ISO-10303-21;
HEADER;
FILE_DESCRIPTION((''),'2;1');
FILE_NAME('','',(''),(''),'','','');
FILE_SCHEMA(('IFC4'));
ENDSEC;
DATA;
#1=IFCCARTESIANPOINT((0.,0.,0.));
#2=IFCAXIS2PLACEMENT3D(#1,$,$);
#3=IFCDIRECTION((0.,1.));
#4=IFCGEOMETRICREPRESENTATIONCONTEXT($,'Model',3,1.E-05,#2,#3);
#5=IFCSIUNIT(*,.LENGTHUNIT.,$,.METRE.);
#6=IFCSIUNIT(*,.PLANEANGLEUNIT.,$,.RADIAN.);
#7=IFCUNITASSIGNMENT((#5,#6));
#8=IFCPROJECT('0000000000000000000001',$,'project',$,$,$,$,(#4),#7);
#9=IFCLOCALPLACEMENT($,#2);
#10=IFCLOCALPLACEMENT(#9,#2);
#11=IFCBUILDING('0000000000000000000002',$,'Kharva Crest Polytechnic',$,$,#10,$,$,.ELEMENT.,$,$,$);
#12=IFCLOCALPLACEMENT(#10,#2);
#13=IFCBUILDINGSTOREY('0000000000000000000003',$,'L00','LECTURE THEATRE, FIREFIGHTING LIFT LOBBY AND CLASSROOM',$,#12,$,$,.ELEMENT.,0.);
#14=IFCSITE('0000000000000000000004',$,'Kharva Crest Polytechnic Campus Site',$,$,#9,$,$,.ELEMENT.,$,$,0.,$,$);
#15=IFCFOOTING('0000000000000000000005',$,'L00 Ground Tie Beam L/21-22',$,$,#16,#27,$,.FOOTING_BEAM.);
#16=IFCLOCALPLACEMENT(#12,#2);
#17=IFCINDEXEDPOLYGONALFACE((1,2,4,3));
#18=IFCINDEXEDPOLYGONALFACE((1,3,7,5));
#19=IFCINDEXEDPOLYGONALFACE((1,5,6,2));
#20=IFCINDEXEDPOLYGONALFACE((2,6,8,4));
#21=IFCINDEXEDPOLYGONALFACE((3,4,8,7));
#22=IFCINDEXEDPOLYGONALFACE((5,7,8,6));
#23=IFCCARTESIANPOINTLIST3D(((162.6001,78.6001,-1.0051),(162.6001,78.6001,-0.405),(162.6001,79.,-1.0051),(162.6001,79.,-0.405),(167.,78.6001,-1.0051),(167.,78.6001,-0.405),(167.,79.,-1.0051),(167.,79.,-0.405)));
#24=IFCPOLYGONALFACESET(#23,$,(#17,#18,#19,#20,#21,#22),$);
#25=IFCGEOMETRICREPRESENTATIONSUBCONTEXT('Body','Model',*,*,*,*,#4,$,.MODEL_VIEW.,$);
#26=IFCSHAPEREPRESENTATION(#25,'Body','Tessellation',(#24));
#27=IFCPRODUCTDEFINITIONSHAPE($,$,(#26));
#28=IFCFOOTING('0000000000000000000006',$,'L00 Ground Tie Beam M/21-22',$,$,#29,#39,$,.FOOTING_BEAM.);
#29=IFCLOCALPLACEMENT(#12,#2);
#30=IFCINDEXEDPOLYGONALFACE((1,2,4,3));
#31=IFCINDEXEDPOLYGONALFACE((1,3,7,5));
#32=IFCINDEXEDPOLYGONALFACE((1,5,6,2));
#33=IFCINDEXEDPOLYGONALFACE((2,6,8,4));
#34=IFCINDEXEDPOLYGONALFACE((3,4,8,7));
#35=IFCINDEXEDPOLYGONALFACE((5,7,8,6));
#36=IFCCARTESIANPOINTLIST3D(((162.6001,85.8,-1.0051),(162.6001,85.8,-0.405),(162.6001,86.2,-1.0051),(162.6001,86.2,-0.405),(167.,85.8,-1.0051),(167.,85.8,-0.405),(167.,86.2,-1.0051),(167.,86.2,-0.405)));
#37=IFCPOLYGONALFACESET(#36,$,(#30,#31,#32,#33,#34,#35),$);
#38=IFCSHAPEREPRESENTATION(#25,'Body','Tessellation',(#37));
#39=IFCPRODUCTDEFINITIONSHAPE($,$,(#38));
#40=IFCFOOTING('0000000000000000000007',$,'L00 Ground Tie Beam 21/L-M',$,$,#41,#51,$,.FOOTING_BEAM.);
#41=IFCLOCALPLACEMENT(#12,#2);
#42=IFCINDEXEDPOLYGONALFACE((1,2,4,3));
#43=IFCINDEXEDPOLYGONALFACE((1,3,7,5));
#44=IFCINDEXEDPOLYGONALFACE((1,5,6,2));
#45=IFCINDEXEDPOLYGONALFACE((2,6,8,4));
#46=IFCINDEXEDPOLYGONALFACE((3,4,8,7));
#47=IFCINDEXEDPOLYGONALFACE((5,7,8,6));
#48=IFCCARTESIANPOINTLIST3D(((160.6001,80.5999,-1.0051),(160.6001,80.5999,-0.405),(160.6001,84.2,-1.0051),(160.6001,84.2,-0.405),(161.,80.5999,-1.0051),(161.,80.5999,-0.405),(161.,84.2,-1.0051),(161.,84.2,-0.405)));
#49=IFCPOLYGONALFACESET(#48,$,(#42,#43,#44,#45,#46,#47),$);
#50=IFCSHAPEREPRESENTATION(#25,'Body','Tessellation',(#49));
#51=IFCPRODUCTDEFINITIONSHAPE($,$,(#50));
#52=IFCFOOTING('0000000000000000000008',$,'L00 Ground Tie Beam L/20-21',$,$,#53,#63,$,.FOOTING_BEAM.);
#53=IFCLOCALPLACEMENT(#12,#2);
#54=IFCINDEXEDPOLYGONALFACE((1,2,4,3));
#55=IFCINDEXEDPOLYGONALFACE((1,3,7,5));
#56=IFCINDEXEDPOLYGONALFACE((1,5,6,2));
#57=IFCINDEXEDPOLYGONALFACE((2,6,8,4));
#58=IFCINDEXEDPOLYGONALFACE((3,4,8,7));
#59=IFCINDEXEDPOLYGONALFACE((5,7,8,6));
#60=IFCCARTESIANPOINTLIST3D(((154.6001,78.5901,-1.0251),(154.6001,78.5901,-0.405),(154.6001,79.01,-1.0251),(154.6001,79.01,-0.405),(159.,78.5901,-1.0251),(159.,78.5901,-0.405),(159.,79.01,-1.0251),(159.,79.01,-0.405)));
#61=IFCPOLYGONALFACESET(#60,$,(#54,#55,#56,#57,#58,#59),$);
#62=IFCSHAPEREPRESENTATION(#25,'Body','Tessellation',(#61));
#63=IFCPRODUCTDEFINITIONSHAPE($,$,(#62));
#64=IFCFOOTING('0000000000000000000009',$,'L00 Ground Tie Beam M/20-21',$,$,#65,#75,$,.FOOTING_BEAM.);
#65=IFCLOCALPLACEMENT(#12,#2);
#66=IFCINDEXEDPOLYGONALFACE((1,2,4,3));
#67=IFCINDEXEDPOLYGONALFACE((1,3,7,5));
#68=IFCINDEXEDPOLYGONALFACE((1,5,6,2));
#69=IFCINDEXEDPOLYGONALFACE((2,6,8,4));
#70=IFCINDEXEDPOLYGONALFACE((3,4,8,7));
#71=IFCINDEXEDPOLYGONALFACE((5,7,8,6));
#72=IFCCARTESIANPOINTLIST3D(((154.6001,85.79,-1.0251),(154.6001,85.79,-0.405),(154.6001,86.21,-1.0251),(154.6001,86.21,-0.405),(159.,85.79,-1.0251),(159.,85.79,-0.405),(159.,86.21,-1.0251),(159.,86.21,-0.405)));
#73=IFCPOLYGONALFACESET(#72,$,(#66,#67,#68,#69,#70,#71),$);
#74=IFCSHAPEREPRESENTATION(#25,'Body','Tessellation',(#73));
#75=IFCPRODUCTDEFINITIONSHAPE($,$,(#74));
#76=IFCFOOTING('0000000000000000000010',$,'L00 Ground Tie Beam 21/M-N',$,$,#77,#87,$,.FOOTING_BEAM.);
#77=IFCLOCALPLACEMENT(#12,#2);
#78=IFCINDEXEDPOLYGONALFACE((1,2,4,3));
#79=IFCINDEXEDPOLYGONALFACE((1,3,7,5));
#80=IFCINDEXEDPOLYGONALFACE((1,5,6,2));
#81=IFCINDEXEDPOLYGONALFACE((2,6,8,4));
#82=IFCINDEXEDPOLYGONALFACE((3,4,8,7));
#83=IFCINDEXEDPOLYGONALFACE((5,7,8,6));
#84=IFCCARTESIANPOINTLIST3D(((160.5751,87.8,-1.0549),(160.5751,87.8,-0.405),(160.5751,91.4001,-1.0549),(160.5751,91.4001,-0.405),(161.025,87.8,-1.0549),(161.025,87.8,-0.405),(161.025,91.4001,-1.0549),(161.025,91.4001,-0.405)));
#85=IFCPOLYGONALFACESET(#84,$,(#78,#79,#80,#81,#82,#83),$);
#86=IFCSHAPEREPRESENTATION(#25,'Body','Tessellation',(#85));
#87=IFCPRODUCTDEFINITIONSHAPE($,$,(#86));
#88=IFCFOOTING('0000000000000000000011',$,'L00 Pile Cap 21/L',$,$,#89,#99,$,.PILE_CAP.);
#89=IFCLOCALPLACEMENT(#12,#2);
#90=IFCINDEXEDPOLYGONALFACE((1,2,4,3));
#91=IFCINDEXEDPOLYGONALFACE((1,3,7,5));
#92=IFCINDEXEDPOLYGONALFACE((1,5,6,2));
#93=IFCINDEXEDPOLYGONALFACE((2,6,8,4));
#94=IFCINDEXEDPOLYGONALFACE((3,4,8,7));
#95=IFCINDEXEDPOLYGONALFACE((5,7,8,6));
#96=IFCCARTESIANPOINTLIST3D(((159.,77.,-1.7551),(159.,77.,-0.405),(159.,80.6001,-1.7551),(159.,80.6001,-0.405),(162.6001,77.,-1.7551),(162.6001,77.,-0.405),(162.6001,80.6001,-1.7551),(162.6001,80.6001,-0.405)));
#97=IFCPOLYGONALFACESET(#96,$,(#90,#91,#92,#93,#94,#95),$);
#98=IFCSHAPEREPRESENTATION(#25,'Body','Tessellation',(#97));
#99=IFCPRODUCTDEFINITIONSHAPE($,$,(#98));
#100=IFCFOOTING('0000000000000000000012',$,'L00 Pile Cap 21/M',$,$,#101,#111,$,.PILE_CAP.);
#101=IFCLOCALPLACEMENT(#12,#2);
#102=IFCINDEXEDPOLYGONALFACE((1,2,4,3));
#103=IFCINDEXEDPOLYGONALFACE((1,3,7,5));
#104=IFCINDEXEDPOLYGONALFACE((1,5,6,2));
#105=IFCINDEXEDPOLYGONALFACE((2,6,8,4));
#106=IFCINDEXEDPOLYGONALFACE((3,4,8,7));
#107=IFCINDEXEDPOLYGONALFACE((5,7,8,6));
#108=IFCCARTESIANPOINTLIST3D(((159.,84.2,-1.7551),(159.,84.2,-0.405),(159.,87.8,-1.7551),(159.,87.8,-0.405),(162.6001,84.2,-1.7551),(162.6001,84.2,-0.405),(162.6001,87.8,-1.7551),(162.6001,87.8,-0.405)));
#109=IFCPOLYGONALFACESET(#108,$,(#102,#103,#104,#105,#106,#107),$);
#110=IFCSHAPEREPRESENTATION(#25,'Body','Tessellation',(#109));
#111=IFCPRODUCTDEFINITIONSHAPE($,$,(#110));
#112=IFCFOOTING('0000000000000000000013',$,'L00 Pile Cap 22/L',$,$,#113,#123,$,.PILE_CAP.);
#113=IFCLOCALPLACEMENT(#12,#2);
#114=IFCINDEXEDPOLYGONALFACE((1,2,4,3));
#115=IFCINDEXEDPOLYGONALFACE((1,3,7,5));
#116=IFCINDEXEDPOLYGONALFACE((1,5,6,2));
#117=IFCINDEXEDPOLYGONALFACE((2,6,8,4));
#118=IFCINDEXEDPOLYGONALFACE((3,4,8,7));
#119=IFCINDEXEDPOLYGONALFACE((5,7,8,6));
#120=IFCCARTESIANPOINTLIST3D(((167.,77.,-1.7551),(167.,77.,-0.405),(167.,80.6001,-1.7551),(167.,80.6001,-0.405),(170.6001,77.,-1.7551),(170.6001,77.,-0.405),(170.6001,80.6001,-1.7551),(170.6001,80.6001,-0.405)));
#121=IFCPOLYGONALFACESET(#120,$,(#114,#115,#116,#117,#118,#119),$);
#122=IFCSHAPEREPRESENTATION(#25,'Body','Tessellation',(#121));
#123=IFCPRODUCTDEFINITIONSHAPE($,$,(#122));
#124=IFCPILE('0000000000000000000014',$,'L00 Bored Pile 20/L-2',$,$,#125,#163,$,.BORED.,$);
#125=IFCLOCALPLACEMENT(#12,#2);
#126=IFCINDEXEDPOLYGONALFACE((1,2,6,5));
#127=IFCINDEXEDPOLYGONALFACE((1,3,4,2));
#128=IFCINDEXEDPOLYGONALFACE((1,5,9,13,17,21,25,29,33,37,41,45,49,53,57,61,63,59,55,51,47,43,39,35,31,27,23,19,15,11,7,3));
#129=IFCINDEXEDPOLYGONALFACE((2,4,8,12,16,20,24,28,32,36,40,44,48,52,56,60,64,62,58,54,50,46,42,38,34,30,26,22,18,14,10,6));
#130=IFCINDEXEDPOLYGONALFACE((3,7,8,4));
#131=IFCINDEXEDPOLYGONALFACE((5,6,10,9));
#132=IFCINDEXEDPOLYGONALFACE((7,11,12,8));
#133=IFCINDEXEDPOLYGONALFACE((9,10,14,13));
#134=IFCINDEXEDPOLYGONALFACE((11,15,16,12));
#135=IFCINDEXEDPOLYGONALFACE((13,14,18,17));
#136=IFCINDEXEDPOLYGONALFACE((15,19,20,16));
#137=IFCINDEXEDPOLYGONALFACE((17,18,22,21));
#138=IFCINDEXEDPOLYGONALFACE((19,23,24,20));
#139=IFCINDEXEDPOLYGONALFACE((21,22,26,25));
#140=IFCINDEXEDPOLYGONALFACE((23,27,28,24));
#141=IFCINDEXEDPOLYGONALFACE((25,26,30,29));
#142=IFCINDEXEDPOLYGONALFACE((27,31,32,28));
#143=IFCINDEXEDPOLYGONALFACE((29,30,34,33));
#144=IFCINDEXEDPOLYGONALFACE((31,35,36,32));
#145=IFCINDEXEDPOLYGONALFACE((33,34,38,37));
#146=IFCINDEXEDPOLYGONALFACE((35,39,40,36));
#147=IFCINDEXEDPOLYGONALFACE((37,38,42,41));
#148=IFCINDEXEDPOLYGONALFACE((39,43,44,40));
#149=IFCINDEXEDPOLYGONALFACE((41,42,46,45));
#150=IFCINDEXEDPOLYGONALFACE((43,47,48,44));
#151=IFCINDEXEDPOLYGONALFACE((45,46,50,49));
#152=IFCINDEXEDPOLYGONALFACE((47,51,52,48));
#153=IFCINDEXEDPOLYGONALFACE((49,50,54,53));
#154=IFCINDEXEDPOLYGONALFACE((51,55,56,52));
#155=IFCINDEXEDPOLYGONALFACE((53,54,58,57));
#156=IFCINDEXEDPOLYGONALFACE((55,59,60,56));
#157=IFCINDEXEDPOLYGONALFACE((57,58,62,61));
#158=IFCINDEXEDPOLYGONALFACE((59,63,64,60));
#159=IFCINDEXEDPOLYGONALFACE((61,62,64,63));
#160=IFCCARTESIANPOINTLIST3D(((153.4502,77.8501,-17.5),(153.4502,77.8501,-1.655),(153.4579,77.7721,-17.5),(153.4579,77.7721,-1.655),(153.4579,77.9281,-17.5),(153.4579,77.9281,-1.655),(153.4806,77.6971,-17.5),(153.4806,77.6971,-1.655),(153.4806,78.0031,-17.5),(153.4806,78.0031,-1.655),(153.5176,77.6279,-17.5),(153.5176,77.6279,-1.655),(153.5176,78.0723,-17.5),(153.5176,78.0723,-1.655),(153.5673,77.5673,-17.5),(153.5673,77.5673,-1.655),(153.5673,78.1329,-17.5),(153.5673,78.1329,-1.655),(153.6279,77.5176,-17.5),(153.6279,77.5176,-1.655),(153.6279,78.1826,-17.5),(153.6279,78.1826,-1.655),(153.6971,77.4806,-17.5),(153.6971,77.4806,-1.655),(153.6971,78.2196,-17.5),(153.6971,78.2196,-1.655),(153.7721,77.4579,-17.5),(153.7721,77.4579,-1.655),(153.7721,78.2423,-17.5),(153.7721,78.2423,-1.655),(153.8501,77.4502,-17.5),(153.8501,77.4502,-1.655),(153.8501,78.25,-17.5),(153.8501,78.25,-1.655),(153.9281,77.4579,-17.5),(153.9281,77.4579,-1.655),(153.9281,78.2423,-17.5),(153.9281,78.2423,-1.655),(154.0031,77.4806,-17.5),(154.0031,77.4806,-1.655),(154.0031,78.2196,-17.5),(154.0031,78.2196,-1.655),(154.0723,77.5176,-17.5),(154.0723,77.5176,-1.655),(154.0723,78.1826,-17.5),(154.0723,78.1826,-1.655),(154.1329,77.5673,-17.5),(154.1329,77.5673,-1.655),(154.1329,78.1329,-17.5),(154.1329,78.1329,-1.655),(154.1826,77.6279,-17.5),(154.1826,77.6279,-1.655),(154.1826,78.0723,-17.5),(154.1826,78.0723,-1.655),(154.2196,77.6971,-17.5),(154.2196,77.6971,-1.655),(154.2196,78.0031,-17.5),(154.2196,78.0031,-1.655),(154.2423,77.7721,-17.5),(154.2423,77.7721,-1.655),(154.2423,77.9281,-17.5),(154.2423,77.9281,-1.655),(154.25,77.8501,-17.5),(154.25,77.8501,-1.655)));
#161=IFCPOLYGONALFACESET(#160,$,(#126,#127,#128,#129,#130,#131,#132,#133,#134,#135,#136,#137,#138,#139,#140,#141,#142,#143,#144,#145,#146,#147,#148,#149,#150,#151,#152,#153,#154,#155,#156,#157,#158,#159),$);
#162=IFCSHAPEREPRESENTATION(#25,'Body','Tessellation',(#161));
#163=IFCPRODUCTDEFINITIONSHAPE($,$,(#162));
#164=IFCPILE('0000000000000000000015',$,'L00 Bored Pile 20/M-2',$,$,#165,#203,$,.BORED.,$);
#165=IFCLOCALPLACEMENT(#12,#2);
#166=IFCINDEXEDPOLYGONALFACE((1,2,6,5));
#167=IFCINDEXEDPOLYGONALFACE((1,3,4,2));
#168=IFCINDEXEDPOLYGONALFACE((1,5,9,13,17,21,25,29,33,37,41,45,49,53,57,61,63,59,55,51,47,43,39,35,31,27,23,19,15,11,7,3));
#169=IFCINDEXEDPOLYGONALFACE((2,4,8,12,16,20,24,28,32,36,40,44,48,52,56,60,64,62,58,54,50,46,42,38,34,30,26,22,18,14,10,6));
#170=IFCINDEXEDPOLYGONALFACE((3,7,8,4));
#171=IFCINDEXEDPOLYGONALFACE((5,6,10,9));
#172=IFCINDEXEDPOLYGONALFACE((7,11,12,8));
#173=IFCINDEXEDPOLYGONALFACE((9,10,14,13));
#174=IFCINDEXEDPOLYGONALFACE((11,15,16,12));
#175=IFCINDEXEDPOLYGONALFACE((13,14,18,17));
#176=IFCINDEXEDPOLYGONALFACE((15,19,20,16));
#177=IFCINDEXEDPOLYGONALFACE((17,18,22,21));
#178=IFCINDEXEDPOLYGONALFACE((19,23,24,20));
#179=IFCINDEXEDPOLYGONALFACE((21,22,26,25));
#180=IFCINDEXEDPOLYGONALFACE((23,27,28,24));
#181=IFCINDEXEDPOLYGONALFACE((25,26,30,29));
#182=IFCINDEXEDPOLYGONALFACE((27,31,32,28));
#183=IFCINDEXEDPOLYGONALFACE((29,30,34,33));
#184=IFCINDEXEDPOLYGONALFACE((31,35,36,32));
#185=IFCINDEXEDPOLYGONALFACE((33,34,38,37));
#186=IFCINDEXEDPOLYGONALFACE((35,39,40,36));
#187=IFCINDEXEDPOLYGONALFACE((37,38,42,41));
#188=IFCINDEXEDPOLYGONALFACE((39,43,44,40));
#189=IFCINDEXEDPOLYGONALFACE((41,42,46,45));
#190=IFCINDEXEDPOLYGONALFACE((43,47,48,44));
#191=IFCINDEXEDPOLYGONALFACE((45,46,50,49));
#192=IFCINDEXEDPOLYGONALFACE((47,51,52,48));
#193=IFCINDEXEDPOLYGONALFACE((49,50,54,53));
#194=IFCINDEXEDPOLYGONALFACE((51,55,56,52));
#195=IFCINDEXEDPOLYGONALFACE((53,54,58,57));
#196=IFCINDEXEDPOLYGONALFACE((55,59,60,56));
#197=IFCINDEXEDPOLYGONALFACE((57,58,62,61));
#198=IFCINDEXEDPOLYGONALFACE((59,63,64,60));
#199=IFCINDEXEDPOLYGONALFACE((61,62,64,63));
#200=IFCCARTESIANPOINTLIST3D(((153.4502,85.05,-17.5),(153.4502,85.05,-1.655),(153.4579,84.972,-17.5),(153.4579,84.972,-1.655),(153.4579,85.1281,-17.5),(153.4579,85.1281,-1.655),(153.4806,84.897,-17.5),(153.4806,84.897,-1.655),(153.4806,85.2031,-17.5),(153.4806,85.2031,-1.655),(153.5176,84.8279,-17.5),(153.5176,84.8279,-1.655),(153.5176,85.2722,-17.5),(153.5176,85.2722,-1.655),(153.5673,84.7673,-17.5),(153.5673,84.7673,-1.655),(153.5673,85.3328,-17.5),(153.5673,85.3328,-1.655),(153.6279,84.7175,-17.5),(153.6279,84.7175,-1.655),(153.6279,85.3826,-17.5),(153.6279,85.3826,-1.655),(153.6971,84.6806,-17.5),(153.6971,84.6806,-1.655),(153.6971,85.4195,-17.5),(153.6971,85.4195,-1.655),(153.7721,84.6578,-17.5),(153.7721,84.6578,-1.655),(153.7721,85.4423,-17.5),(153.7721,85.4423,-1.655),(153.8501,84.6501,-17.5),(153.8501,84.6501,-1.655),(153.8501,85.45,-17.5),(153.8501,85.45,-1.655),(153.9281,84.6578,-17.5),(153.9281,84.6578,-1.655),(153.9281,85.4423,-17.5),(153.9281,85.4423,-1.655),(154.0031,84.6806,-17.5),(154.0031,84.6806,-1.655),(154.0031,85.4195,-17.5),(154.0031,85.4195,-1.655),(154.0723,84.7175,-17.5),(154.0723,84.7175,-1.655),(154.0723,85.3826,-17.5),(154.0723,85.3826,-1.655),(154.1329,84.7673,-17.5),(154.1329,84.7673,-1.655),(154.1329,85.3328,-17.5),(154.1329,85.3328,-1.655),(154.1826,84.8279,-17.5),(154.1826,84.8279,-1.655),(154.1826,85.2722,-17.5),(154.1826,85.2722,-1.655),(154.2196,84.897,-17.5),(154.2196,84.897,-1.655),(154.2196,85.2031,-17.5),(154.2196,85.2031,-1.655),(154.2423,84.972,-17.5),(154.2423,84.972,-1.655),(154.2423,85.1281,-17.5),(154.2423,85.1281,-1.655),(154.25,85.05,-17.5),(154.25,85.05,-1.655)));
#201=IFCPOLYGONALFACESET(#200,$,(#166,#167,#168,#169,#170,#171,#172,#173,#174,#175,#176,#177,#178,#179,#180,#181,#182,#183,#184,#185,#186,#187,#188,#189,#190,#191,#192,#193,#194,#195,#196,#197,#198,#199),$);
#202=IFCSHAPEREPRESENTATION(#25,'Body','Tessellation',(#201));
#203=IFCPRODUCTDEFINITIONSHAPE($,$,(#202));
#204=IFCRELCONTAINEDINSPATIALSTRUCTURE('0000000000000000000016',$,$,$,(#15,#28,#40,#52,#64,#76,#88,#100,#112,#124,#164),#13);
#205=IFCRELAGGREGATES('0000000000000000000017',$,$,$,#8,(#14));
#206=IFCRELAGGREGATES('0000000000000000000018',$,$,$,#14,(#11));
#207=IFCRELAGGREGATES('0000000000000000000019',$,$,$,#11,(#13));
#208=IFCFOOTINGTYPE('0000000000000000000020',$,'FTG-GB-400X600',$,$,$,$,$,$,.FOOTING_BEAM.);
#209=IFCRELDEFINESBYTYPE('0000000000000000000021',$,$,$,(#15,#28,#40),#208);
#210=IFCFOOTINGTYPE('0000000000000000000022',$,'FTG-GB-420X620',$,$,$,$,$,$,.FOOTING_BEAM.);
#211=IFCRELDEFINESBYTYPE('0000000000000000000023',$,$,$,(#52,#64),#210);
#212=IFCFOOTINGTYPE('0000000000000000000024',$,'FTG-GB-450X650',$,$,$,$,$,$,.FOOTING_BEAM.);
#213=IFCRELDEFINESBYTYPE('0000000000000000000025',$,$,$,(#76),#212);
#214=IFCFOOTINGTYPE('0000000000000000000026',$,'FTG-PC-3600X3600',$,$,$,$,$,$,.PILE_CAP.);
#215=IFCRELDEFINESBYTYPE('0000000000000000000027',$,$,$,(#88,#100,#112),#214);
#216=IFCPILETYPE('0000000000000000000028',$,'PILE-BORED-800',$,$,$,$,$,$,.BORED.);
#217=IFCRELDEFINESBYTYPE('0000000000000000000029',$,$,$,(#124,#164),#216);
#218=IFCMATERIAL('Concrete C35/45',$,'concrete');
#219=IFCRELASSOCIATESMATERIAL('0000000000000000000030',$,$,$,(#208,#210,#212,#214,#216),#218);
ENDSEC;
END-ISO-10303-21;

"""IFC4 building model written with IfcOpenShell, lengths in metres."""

from ifc_helpers import new_model, si_unit, direction, frame, origin, origin_2d, place, context, subcontext, project, spatial, rectangle, circle, extrude, material, material_profile, profile_set, type_object, element, save


model = new_model("IFC4")

# Units and contexts
model_context = context("Model", 3, precision=1e-05, world=origin(), true_north=direction((0.0, 1.0)))
body_context = subcontext(model_context, "Body", "Model", "MODEL_VIEW")
ifc_project = project(units=[si_unit("LENGTHUNIT", "METRE"), si_unit("PLANEANGLEUNIT", "RADIAN")], contexts=[model_context])

# Site, building, storey
site_placement = place(None, origin())
site = spatial("IfcSite", under=ifc_project, at=site_placement, Name="Kharva Crest Polytechnic Campus Site", CompositionType="ELEMENT", RefElevation=0.0)
building_placement = place(site_placement, origin())
building = spatial("IfcBuilding", under=site, at=building_placement, Name="Kharva Crest Polytechnic", CompositionType="ELEMENT")
storey_placement = place(building_placement, origin())
storey = spatial("IfcBuildingStorey", under=building, at=storey_placement, Name="L00", Description="LECTURE THEATRE, FIREFIGHTING LIFT LOBBY AND CLASSROOM", CompositionType="ELEMENT", Elevation=0.0)

# Footings
ifc_material_1 = material(Name="Concrete C35/45", Category="concrete")
footing_type_1 = type_object("IfcFootingType", Name="FTG-GB-400X600", PredefinedType="FOOTING_BEAM", material=ifc_material_1)
for number, where, z_axis, x_axis, name in (
    (1, (164.8, 78.8, -1.0051), (0.0, 0.0, 1.0), (1.0, 0.0, 0.0), "L00 Ground Tie Beam L/21-22"),
    (2, (164.8, 86.0, -1.0051), (0.0, 0.0, 1.0), (1.0, 0.0, 0.0), "L00 Ground Tie Beam M/21-22"),
):
    element("IfcFooting", number, at=place(storey_placement, frame(where, z_axis=z_axis, x_axis=x_axis)), inside=storey, type_object=footing_type_1, Name=name, PredefinedType="FOOTING_BEAM", context=body_context, shape_type="SweptSolid", body=[
        extrude(rectangle(XDim=4.3999, YDim=0.3999, at=origin_2d()), origin(), (0.0, 0.0, 1.0), 0.6001),
    ])
footing_1_placement = place(storey_placement, frame((160.8, 82.3999, -1.0051), z_axis=(0.0, 0.0, 1.0), x_axis=(0.0, 1.0, 0.0)))
element("IfcFooting", 3, at=footing_1_placement, inside=storey, type_object=footing_type_1, Name="L00 Ground Tie Beam 21/L-M", PredefinedType="FOOTING_BEAM", context=body_context, shape_type="SweptSolid", body=[
    extrude(rectangle(XDim=3.6001, YDim=0.3999, at=origin_2d()), origin(), (0.0, 0.0, 1.0), 0.6001),
])
footing_type_2 = type_object("IfcFootingType", Name="FTG-GB-420X620", PredefinedType="FOOTING_BEAM", material=ifc_material_1)
for number, where, z_axis, x_axis, name in (
    (4, (156.8, 78.8, -1.0251), (0.0, 0.0, 1.0), (1.0, 0.0, 0.0), "L00 Ground Tie Beam L/20-21"),
    (5, (156.8, 86.0, -1.0251), (0.0, 0.0, 1.0), (1.0, 0.0, 0.0), "L00 Ground Tie Beam M/20-21"),
):
    element("IfcFooting", number, at=place(storey_placement, frame(where, z_axis=z_axis, x_axis=x_axis)), inside=storey, type_object=footing_type_2, Name=name, PredefinedType="FOOTING_BEAM", context=body_context, shape_type="SweptSolid", body=[
        extrude(rectangle(XDim=4.3999, YDim=0.4199, at=origin_2d()), origin(), (0.0, 0.0, 1.0), 0.6201),
    ])
footing_type_3 = type_object("IfcFootingType", Name="FTG-GB-450X650", PredefinedType="FOOTING_BEAM", material=ifc_material_1)
footing_2_placement = place(storey_placement, frame((160.8, 89.6001, -1.0549), z_axis=(0.0, 0.0, 1.0), x_axis=(0.0, 1.0, 0.0)))
element("IfcFooting", 6, at=footing_2_placement, inside=storey, type_object=footing_type_3, Name="L00 Ground Tie Beam 21/M-N", PredefinedType="FOOTING_BEAM", context=body_context, shape_type="SweptSolid", body=[
    extrude(rectangle(XDim=3.6001, YDim=0.45, at=origin_2d()), origin(), (0.0, 0.0, 1.0), 0.6499),
])
footing_type_4 = type_object("IfcFootingType", Name="FTG-PC-3600X3600", PredefinedType="PILE_CAP", material=ifc_material_1)
for number, where, z_axis, x_axis, name in (
    (7, (160.8, 78.8, -1.7551), (0.0, 0.0, 1.0), (1.0, 0.0, 0.0), "L00 Pile Cap 21/L"),
    (8, (160.8, 86.0, -1.7551), (0.0, 0.0, 1.0), (1.0, 0.0, 0.0), "L00 Pile Cap 21/M"),
    (9, (168.8, 78.8, -1.7551), (0.0, 0.0, 1.0), (1.0, 0.0, 0.0), "L00 Pile Cap 22/L"),
):
    element("IfcFooting", number, at=place(storey_placement, frame(where, z_axis=z_axis, x_axis=x_axis)), inside=storey, type_object=footing_type_4, Name=name, PredefinedType="PILE_CAP", context=body_context, shape_type="SweptSolid", body=[
        extrude(rectangle(XDim=3.6001, YDim=3.6001, at=origin_2d()), origin(), (0.0, 0.0, 1.0), 1.3501),
    ])

# Piles
ifc_material_profile_1 = material_profile(ifc_material_1, circle(Radius=0.3999, at=origin_2d()), Name="DIA 800")
ifc_profile_set_1 = profile_set([ifc_material_profile_1], Name="Concrete C35/45")
pile_type = type_object("IfcPileType", Name="PILE-BORED-800", PredefinedType="BORED", material=ifc_profile_set_1)
for number, where, z_axis, x_axis, name in (
    (10, (153.8501, 77.8501, -1.655), (0.0, 0.0, -1.0), (1.0, 0.0, 0.0), "L00 Bored Pile 20/L-2"),
    (11, (153.8501, 85.05, -1.655), (0.0, 0.0, -1.0), (1.0, 0.0, 0.0), "L00 Bored Pile 20/M-2"),
):
    element("IfcPile", number, at=place(storey_placement, frame(where, z_axis=z_axis, x_axis=x_axis)), inside=storey, type_object=pile_type, Name=name, PredefinedType="BORED", context=body_context, shape_type="SweptSolid", body=[
        extrude(circle(Radius=0.3999, at=origin_2d()), origin(), (0.0, 0.0, 1.0), 15.845),
    ])

save(model, "model.ifc")
